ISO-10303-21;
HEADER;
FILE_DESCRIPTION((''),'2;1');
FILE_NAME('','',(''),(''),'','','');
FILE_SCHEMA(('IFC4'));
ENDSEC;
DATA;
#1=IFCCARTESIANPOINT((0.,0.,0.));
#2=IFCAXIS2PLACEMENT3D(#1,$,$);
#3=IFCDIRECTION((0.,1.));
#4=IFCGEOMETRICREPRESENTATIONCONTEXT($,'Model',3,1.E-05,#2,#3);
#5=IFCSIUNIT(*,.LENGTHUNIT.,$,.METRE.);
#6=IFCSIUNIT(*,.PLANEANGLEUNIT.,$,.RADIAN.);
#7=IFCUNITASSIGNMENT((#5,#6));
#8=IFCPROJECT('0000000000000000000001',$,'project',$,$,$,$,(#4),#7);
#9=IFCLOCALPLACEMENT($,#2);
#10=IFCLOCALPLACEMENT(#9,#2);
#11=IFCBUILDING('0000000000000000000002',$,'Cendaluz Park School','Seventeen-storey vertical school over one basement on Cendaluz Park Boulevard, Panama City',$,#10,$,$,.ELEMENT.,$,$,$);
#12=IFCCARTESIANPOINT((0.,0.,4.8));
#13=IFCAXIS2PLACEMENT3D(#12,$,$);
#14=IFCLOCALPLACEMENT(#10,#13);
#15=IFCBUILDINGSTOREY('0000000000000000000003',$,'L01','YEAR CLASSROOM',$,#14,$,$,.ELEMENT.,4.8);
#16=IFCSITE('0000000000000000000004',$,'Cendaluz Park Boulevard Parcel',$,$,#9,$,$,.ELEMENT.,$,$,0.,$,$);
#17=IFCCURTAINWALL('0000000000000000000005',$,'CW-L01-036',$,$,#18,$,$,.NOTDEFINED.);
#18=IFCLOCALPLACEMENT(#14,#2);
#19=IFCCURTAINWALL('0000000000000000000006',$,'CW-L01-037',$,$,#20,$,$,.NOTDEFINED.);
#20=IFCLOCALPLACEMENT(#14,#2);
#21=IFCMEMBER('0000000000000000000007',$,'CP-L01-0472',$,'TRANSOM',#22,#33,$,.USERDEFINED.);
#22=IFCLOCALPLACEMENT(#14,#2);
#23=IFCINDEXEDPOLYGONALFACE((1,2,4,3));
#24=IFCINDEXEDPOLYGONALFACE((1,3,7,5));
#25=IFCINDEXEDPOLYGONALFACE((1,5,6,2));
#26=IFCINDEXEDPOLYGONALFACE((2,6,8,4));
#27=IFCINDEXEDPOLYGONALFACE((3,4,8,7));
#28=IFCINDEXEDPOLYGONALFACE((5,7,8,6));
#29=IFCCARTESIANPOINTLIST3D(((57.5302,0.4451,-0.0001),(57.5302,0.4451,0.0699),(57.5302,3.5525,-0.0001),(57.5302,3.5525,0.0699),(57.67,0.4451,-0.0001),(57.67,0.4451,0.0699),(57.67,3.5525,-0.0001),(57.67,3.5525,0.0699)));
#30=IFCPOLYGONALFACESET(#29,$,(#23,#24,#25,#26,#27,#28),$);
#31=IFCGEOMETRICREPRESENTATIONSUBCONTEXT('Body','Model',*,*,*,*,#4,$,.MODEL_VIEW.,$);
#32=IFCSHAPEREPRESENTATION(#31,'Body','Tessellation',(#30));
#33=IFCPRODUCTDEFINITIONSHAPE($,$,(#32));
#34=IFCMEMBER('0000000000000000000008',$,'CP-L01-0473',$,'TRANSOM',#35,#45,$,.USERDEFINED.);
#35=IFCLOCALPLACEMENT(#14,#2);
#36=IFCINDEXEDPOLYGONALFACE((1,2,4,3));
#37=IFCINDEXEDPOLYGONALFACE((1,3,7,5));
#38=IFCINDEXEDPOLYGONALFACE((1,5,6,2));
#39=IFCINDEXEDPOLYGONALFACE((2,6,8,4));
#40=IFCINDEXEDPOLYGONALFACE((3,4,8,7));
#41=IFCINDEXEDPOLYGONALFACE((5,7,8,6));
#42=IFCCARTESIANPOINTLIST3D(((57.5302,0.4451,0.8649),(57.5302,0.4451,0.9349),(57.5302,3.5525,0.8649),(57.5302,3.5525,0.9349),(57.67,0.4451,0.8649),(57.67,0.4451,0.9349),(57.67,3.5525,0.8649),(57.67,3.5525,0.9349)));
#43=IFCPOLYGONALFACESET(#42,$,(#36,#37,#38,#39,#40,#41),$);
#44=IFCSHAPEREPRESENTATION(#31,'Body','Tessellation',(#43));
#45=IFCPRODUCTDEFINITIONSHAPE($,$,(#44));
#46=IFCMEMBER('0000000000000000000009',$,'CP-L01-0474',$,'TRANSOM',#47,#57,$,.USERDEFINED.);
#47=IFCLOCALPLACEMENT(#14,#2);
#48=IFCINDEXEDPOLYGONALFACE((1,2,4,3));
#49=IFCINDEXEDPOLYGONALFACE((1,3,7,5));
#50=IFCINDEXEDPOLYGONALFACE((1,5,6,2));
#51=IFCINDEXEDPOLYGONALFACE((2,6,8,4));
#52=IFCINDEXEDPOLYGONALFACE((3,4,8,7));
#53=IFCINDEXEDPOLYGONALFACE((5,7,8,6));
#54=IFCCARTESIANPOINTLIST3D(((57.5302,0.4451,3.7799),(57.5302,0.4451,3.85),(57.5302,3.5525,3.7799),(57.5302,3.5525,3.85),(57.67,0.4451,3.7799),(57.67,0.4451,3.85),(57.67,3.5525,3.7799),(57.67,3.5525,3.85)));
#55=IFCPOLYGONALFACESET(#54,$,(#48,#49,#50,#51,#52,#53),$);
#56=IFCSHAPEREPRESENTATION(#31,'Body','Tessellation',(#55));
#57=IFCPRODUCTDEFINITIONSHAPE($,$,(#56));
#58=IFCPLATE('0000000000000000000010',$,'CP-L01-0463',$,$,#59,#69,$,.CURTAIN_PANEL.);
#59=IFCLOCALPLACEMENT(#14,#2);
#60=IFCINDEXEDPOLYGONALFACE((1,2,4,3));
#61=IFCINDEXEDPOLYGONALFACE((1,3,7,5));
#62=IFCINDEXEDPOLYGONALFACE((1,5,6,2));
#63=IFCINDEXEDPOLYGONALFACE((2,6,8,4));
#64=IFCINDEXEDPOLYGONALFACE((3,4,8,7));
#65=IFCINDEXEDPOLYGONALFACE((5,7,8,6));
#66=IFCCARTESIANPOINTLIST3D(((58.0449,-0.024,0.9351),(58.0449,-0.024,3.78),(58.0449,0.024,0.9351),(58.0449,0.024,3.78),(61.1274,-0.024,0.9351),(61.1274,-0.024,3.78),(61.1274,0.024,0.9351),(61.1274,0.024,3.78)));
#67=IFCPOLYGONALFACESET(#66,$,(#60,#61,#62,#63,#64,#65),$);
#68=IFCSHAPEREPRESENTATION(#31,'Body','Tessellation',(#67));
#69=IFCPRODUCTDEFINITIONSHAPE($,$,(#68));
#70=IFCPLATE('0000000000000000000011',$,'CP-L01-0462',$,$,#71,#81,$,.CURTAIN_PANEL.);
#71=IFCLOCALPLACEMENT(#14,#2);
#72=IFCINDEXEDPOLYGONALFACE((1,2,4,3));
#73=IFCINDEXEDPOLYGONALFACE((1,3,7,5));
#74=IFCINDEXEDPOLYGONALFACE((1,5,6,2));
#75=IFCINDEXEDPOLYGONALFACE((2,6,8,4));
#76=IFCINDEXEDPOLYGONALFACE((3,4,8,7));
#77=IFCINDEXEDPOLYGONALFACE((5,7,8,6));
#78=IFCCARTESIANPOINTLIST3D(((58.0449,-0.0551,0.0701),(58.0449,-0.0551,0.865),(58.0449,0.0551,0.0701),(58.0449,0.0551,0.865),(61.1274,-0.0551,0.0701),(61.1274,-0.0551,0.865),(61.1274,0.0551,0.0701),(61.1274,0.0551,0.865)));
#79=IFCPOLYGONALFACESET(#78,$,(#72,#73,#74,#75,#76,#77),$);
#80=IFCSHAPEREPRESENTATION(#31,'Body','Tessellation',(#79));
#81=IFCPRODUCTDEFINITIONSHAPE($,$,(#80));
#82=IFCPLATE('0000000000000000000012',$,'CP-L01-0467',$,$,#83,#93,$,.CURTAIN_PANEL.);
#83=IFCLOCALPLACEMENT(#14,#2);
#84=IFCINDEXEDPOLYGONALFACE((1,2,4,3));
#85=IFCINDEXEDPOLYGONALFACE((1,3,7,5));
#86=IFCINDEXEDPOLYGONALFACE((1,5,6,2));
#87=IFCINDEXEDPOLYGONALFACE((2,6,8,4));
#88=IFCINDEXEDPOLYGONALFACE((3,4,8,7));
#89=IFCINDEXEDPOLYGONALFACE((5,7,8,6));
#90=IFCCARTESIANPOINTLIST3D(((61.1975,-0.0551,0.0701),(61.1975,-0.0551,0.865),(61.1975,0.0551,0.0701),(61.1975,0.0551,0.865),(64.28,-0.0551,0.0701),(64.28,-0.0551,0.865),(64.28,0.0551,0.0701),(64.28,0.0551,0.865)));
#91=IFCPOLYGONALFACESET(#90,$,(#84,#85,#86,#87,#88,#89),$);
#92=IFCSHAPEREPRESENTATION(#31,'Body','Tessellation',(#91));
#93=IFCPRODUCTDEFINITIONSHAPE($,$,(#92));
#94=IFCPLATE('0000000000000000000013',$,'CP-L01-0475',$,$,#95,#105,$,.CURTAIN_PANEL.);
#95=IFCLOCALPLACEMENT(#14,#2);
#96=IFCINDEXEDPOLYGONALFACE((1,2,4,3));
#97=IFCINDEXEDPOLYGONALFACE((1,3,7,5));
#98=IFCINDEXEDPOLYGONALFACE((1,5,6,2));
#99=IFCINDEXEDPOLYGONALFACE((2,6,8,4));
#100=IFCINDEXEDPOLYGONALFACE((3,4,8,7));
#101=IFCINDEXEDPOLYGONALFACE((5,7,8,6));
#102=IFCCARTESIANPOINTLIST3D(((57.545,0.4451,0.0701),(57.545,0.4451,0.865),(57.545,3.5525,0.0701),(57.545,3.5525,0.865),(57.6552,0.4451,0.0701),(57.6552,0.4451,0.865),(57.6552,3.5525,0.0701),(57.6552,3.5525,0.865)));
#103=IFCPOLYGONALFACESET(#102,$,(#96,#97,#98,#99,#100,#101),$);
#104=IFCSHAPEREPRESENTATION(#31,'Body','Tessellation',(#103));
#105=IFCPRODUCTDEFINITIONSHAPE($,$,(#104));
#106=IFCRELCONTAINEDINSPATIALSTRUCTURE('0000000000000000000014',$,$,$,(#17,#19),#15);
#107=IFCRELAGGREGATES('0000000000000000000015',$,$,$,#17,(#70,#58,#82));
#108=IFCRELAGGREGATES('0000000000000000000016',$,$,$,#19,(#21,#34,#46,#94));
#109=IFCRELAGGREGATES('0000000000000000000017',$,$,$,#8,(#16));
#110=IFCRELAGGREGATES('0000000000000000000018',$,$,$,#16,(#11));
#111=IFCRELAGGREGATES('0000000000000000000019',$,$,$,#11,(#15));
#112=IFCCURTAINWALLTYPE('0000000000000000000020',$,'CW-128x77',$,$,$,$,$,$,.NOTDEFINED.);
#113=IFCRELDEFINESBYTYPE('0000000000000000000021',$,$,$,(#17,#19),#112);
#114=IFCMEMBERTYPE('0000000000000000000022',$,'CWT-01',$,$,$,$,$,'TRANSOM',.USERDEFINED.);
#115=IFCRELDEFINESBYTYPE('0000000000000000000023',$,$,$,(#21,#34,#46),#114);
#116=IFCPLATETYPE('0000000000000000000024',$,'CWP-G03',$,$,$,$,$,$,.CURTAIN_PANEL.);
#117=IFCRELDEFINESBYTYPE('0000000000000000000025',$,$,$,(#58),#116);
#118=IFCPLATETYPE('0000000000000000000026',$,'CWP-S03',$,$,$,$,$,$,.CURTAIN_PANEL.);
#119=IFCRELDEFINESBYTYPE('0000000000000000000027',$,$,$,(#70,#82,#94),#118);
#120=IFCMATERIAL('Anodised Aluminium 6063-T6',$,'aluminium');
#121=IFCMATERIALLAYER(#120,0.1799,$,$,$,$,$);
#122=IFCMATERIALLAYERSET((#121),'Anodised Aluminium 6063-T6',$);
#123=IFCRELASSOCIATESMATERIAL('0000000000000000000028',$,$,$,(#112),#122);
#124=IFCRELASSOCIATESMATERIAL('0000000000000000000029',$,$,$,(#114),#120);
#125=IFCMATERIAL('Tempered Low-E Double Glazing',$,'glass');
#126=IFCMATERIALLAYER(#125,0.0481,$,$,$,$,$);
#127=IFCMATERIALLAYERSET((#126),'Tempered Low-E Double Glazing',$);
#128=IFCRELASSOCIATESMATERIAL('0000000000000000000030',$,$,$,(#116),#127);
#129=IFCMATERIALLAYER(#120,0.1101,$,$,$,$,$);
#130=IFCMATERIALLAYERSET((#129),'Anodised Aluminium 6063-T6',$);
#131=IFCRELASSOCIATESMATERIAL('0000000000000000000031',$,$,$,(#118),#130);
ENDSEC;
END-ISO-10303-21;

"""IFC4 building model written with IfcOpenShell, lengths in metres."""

from ifc_helpers import new_model, si_unit, direction, frame, origin, origin_2d, place, context, subcontext, project, spatial, rectangle, extrude, material, layer, layer_set, material_profile, profile_set, type_object, element, aggregate, save


model = new_model("IFC4")

# Units and contexts
model_context = context("Model", 3, precision=1e-05, world=origin(), true_north=direction((0.0, 1.0)))
body_context = subcontext(model_context, "Body", "Model", "MODEL_VIEW")
ifc_project = project(units=[si_unit("LENGTHUNIT", "METRE"), si_unit("PLANEANGLEUNIT", "RADIAN")], contexts=[model_context])

# Site, building, storey
site_placement = place(None, origin())
site = spatial("IfcSite", under=ifc_project, at=site_placement, Name="Cendaluz Park Boulevard Parcel", CompositionType="ELEMENT", RefElevation=0.0)
building_placement = place(site_placement, origin())
building = spatial("IfcBuilding", under=site, at=building_placement, Name="Cendaluz Park School", Description="Seventeen-storey vertical school over one basement on Cendaluz Park Boulevard, Panama City", CompositionType="ELEMENT")
storey_placement = place(building_placement, frame((0.0, 0.0, 4.8)))
storey = spatial("IfcBuildingStorey", under=building, at=storey_placement, Name="L01", Description="YEAR CLASSROOM", CompositionType="ELEMENT", Elevation=4.8)

# Curtain wall
ifc_material_1 = material(Name="Anodised Aluminium 6063-T6", Category="aluminium")
ifc_layer_1 = layer(ifc_material_1, 0.1799)
ifc_layer_set_1 = layer_set([ifc_layer_1], Name="Anodised Aluminium 6063-T6")
curtain_wall_type = type_object("IfcCurtainWallType", Name="CW-128x77", PredefinedType="NOTDEFINED", material=ifc_layer_set_1)
curtain_wall_1_placement = place(storey_placement, origin())
curtain_wall_1 = element("IfcCurtainWall", 1, at=curtain_wall_1_placement, inside=storey, type_object=curtain_wall_type, Name="CW-L01-036", PredefinedType="NOTDEFINED")

# Curtain wall
curtain_wall_2_placement = place(storey_placement, origin())
curtain_wall_2 = element("IfcCurtainWall", 2, at=curtain_wall_2_placement, inside=storey, type_object=curtain_wall_type, Name="CW-L01-037", PredefinedType="NOTDEFINED")

# Members
ifc_material_profile_1 = material_profile(ifc_material_1, rectangle(XDim=0.1399, YDim=0.0701, at=origin_2d()), Name="CWT 140x70", Category="aluminium")
ifc_profile_set_1 = profile_set([ifc_material_profile_1], Name="Anodised Aluminium 6063-T6")
member_type_1 = type_object("IfcMemberType", Name="CWT-01", ElementType="TRANSOM", PredefinedType="USERDEFINED", material=ifc_profile_set_1)
member_1_placement = place(storey_placement, frame((57.6001, 0.4451, 0.0349), z_axis=(0.0, 1.0, 0.0), x_axis=(-1.0, 0.0, 0.0)))
member_1 = element("IfcMember", 3, at=member_1_placement, type_object=member_type_1, Name="CP-L01-0472", ObjectType="TRANSOM", PredefinedType="USERDEFINED", context=body_context, shape_type="SweptSolid", body=[
    extrude(rectangle(XDim=0.1399, YDim=0.0701, at=origin_2d()), origin(), (0.0, 0.0, 1.0), 3.1074),
])
member_2_placement = place(storey_placement, frame((57.6001, 0.4451, 0.8999), z_axis=(0.0, 1.0, 0.0), x_axis=(-1.0, 0.0, 0.0)))
member_2 = element("IfcMember", 4, at=member_2_placement, type_object=member_type_1, Name="CP-L01-0473", ObjectType="TRANSOM", PredefinedType="USERDEFINED", context=body_context, shape_type="SweptSolid", body=[
    extrude(rectangle(XDim=0.1399, YDim=0.0701, at=origin_2d()), origin(), (0.0, 0.0, 1.0), 3.1074),
])
member_3_placement = place(storey_placement, frame((57.6001, 0.4451, 3.8149), z_axis=(0.0, 1.0, 0.0), x_axis=(-1.0, 0.0, 0.0)))
member_3 = element("IfcMember", 5, at=member_3_placement, type_object=member_type_1, Name="CP-L01-0474", ObjectType="TRANSOM", PredefinedType="USERDEFINED", context=body_context, shape_type="SweptSolid", body=[
    extrude(rectangle(XDim=0.1399, YDim=0.0701, at=origin_2d()), origin(), (0.0, 0.0, 1.0), 3.1074),
])

# Plates
ifc_material_2 = material(Name="Tempered Low-E Double Glazing", Category="glass")
ifc_layer_2 = layer(ifc_material_2, 0.0481)
ifc_layer_set_2 = layer_set([ifc_layer_2], Name="Tempered Low-E Double Glazing")
plate_type_1 = type_object("IfcPlateType", Name="CWP-G03", PredefinedType="CURTAIN_PANEL", material=ifc_layer_set_2)
plate_1_placement = place(storey_placement, frame((59.5862, 0.0, 0.9351), z_axis=(0.0, 0.0, 1.0), x_axis=(1.0, 0.0, 0.0)))
plate_1 = element("IfcPlate", 6, at=plate_1_placement, type_object=plate_type_1, Name="CP-L01-0463", PredefinedType="CURTAIN_PANEL", context=body_context, shape_type="SweptSolid", body=[
    extrude(rectangle(XDim=3.0825, YDim=0.0481, at=origin_2d()), origin(), (0.0, 0.0, 1.0), 2.845),
])
ifc_layer_3 = layer(ifc_material_1, 0.1101)
ifc_layer_set_3 = layer_set([ifc_layer_3], Name="Anodised Aluminium 6063-T6")
plate_type_2 = type_object("IfcPlateType", Name="CWP-S03", PredefinedType="CURTAIN_PANEL", material=ifc_layer_set_3)
plate_2_placement = place(storey_placement, frame((59.5862, 0.0, 0.0701), z_axis=(0.0, 0.0, 1.0), x_axis=(1.0, 0.0, 0.0)))
plate_2 = element("IfcPlate", 7, at=plate_2_placement, type_object=plate_type_2, Name="CP-L01-0462", PredefinedType="CURTAIN_PANEL", context=body_context, shape_type="SweptSolid", body=[
    extrude(rectangle(XDim=3.0825, YDim=0.1101, at=origin_2d()), origin(), (0.0, 0.0, 1.0), 0.7949),
])
plate_3_placement = place(storey_placement, frame((62.7388, 0.0, 0.0701), z_axis=(0.0, 0.0, 1.0), x_axis=(1.0, 0.0, 0.0)))
plate_3 = element("IfcPlate", 8, at=plate_3_placement, type_object=plate_type_2, Name="CP-L01-0467", PredefinedType="CURTAIN_PANEL", context=body_context, shape_type="SweptSolid", body=[
    extrude(rectangle(XDim=3.0825, YDim=0.1101, at=origin_2d()), origin(), (0.0, 0.0, 1.0), 0.7949),
])
aggregate(curtain_wall_1, [plate_2, plate_1, plate_3])
plate_4_placement = place(storey_placement, frame((57.6001, 1.9988, 0.0701), z_axis=(0.0, 0.0, 1.0), x_axis=(0.0, 1.0, 0.0)))
plate_4 = element("IfcPlate", 9, at=plate_4_placement, type_object=plate_type_2, Name="CP-L01-0475", PredefinedType="CURTAIN_PANEL", context=body_context, shape_type="SweptSolid", body=[
    extrude(rectangle(XDim=3.1074, YDim=0.1101, at=origin_2d()), origin(), (0.0, 0.0, 1.0), 0.7949),
])
aggregate(curtain_wall_2, [member_1, member_2, member_3, plate_4])

save(model, "model.ifc")
